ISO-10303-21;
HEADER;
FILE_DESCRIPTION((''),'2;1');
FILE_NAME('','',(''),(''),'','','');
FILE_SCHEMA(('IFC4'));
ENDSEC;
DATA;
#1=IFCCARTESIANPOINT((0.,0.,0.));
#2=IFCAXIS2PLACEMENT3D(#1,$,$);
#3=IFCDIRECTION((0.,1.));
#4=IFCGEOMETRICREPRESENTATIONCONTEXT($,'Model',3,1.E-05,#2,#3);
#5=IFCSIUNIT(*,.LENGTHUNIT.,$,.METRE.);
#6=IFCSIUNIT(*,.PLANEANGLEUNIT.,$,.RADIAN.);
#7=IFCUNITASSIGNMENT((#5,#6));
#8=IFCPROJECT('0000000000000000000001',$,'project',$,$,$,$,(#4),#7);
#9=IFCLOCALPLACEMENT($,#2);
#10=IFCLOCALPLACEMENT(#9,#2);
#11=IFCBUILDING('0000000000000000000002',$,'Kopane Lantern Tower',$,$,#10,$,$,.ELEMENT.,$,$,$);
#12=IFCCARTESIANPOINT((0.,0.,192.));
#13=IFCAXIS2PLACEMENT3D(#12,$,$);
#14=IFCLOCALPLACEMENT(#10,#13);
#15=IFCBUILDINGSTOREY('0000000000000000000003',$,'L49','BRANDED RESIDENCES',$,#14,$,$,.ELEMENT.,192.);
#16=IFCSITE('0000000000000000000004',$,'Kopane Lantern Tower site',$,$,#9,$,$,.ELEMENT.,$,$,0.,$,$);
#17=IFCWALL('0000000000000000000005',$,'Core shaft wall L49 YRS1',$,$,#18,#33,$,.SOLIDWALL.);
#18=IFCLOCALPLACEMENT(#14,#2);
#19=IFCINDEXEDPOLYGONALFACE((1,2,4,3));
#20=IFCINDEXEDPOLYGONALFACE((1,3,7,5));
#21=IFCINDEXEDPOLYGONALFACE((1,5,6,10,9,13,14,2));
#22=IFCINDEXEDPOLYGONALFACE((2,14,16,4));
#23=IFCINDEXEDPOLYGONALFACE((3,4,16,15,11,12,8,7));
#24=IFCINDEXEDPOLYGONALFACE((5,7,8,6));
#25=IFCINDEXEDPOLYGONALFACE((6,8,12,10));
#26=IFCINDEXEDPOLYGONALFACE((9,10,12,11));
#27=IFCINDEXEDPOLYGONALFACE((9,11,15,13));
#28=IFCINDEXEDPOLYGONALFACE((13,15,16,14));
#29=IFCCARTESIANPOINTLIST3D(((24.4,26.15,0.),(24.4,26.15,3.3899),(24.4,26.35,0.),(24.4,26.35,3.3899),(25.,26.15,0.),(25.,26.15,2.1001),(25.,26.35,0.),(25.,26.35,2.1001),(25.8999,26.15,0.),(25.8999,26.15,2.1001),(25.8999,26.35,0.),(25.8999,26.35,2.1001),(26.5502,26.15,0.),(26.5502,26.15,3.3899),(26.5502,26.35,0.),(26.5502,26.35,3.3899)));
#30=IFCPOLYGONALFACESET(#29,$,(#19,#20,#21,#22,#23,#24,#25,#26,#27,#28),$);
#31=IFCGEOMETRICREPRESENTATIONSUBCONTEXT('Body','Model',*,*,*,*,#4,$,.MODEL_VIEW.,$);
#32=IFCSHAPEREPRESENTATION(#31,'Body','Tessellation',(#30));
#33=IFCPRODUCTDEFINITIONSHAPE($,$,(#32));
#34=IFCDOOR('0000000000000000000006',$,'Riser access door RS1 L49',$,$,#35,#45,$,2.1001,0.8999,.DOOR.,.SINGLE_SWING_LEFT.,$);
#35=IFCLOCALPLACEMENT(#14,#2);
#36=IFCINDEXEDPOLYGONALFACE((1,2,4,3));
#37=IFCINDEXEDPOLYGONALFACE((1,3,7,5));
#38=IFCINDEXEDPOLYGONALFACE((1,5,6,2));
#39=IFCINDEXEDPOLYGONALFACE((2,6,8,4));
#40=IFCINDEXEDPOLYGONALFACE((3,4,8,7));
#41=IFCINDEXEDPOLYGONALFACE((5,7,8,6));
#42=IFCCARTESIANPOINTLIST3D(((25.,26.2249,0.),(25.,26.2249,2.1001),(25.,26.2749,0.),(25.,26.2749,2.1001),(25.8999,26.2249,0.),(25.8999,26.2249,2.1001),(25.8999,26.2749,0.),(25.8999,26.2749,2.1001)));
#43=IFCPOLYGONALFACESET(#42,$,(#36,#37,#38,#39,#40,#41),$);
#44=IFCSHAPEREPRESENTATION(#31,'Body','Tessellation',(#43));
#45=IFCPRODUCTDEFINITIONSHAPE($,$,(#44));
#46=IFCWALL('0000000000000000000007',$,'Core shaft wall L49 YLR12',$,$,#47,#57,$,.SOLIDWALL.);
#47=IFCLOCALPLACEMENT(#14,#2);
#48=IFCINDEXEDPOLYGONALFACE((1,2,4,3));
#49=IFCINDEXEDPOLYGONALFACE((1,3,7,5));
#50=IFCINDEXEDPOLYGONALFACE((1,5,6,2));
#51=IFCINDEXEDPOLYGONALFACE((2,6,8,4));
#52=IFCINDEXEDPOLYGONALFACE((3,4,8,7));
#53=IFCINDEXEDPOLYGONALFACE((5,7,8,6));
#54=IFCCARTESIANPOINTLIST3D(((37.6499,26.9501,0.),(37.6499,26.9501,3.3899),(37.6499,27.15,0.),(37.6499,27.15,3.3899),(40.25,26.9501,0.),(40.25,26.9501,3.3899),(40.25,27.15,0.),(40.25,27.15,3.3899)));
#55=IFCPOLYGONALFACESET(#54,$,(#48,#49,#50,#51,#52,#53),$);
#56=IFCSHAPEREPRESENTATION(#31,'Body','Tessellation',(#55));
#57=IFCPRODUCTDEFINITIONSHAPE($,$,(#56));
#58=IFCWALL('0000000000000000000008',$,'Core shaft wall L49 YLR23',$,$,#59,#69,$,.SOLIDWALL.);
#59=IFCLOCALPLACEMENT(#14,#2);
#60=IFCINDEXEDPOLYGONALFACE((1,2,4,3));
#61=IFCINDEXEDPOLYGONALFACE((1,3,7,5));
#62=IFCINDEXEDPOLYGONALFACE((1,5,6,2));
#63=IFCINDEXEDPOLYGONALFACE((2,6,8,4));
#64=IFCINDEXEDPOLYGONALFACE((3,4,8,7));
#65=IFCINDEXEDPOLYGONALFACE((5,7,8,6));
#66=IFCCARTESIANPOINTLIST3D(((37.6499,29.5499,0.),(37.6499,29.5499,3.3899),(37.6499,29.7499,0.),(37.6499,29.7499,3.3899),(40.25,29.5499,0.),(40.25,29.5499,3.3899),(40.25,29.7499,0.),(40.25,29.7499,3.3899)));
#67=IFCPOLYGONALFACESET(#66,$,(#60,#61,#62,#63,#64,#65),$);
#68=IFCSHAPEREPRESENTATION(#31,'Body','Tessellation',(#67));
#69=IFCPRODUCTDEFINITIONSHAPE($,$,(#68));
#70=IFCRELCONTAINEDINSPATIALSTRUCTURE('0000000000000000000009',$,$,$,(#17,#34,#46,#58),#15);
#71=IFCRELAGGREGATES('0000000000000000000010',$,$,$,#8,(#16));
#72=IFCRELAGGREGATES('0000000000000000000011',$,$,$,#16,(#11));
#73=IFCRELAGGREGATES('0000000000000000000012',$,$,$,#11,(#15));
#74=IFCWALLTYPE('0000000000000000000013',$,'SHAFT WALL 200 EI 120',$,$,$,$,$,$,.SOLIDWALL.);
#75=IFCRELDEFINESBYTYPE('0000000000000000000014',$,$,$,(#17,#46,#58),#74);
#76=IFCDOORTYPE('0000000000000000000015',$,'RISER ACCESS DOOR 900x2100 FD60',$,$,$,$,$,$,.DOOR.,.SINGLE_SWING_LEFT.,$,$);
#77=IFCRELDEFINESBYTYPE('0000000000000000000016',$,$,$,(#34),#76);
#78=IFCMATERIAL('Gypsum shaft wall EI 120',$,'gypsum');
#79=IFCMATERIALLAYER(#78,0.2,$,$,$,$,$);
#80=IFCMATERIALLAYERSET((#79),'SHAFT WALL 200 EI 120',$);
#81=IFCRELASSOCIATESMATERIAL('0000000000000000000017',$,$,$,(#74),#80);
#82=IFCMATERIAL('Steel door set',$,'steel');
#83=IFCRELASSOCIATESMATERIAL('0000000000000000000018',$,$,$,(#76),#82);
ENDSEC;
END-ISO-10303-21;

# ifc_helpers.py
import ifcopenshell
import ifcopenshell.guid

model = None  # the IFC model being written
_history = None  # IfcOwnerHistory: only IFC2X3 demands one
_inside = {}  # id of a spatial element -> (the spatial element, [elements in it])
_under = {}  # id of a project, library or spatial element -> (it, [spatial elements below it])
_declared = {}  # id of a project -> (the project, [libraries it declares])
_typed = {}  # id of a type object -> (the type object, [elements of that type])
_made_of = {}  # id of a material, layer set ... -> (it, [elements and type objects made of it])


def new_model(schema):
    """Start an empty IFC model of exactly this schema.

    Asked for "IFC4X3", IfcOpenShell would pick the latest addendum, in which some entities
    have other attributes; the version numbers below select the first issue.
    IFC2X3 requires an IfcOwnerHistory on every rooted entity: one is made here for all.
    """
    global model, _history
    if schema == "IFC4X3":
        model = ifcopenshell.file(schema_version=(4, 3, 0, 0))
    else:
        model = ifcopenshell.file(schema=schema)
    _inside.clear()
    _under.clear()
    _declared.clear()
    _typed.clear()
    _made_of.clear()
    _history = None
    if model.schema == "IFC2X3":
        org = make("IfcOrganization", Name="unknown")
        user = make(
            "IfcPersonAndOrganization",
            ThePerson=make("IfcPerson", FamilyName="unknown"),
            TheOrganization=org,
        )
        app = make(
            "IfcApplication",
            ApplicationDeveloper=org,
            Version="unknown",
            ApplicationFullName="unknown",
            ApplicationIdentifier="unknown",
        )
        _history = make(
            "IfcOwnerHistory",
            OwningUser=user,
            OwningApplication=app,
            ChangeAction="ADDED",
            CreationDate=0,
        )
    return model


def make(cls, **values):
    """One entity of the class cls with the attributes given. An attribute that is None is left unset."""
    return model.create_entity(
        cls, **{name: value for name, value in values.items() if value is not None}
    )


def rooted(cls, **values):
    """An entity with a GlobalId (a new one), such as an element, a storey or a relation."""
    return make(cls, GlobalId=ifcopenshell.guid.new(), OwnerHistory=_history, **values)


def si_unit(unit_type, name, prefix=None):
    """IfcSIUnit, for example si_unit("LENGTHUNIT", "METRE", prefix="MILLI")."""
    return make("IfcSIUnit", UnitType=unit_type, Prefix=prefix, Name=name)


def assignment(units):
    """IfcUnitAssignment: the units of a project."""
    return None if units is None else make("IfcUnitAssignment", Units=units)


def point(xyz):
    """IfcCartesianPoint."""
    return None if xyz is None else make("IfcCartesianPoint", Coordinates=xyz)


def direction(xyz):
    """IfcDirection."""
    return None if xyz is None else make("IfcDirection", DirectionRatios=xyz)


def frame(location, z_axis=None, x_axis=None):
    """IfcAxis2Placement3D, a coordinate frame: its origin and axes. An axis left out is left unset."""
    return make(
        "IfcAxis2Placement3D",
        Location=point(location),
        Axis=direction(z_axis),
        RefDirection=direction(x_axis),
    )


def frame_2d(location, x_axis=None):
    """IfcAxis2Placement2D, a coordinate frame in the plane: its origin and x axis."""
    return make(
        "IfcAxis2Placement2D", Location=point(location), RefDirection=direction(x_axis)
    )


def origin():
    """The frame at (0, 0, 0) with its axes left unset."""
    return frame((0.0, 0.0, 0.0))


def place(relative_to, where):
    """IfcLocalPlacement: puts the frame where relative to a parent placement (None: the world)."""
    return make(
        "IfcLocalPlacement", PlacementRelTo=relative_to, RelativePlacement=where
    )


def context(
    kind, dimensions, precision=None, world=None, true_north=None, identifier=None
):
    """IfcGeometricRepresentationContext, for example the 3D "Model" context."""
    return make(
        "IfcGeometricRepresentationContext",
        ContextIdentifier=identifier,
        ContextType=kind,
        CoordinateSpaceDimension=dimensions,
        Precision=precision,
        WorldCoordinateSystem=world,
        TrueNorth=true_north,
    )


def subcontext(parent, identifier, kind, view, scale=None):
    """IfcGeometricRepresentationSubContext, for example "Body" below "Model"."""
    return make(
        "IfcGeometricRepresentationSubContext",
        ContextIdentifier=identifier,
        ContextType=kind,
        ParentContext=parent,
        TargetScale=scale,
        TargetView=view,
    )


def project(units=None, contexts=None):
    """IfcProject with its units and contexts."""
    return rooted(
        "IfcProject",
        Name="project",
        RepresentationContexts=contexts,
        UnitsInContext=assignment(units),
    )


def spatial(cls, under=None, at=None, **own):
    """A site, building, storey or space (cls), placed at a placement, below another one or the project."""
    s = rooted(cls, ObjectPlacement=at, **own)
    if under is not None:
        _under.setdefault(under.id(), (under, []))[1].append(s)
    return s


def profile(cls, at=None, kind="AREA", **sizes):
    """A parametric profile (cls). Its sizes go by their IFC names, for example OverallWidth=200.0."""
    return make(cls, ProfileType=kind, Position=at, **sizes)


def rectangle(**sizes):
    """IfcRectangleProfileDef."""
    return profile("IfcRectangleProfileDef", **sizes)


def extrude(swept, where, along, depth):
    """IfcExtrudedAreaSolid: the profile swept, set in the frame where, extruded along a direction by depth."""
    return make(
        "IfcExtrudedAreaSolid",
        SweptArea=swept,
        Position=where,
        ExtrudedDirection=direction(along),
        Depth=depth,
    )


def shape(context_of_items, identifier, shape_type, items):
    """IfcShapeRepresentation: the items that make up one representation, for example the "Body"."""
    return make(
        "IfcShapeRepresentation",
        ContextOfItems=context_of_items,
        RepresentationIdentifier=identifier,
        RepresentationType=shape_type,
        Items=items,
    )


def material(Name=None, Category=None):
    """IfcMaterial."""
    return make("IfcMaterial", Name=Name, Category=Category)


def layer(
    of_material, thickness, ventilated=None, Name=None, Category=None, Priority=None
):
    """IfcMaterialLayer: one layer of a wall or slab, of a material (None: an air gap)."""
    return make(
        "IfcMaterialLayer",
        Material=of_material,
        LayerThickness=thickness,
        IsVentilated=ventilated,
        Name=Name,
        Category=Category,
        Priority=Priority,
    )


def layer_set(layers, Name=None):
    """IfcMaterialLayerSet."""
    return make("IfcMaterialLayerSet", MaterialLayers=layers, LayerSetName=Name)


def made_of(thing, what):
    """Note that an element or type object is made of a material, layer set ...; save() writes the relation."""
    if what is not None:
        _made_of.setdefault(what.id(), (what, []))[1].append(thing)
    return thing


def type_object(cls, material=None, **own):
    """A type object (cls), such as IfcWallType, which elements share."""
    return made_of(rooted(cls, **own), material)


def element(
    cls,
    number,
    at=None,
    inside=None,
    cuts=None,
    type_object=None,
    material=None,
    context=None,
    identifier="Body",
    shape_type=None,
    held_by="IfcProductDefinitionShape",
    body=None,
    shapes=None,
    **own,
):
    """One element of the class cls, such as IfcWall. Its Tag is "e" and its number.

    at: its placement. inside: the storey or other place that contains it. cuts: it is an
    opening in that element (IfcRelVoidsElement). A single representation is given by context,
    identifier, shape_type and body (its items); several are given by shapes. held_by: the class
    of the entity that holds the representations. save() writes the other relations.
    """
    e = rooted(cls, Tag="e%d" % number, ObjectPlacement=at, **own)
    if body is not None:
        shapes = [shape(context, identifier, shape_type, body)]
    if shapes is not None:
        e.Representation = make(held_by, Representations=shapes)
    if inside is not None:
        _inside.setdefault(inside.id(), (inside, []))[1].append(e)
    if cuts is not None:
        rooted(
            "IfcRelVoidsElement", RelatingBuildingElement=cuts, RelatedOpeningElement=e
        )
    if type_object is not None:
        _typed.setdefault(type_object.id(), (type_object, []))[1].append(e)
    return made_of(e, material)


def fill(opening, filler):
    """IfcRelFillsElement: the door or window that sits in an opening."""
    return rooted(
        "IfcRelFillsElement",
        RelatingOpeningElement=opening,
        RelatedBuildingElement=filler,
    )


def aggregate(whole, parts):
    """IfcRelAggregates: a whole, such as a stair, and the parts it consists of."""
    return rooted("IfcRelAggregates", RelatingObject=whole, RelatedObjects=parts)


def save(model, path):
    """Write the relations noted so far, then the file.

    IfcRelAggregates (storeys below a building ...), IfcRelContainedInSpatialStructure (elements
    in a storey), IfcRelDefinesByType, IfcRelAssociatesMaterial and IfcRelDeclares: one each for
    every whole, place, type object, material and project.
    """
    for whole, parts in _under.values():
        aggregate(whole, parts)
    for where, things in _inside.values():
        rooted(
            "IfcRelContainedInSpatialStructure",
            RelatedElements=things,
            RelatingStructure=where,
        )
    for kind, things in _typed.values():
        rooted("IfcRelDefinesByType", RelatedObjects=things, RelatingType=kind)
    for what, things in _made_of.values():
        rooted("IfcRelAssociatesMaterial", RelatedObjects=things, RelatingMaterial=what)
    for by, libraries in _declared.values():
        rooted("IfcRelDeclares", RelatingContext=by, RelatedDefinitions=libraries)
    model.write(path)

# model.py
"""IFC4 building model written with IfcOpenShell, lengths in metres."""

from ifc_helpers import new_model, si_unit, direction, frame, frame_2d, origin, place, context, subcontext, project, spatial, rectangle, extrude, material, layer, layer_set, type_object, element, fill, save


model = new_model("IFC4")

# Units and contexts
model_context = context("Model", 3, precision=1e-05, world=origin(), true_north=direction((0.0, 1.0)))
body_context = subcontext(model_context, "Body", "Model", "MODEL_VIEW")
ifc_project = project(units=[si_unit("LENGTHUNIT", "METRE"), si_unit("PLANEANGLEUNIT", "RADIAN")], contexts=[model_context])

# Site, building, storey
site_placement = place(None, origin())
site = spatial("IfcSite", under=ifc_project, at=site_placement, Name="Kopane Lantern Tower site", CompositionType="ELEMENT", RefElevation=0.0)
building_placement = place(site_placement, origin())
building = spatial("IfcBuilding", under=site, at=building_placement, Name="Kopane Lantern Tower", CompositionType="ELEMENT")
storey_placement = place(building_placement, frame((0.0, 0.0, 192.0)))
storey = spatial("IfcBuildingStorey", under=building, at=storey_placement, Name="L49", Description="BRANDED RESIDENCES", CompositionType="ELEMENT", Elevation=192.0)

# Shared definitions
ifc_material_1 = material(Name="Gypsum shaft wall EI 120", Category="gypsum")
ifc_layer_1 = layer(ifc_material_1, 0.2)
ifc_layer_set_1 = layer_set([ifc_layer_1], Name="SHAFT WALL 200 EI 120")
wall_type_1 = type_object("IfcWallType", Name="SHAFT WALL 200 EI 120", PredefinedType="SOLIDWALL", material=ifc_layer_set_1)

# Wall, opening, door
wall_1_placement = place(storey_placement, frame((24.3999, 26.25, 0.0), z_axis=(0.0, 0.0, 1.0), x_axis=(1.0, 0.0, 0.0)))
wall_1 = element("IfcWall", 1, at=wall_1_placement, inside=storey, type_object=wall_type_1, Name="Core shaft wall L49 YRS1", PredefinedType="SOLIDWALL", context=body_context, shape_type="SweptSolid", body=[
    extrude(rectangle(XDim=2.1501, YDim=0.2, at=frame_2d((1.0752, 0.0))), origin(), (0.0, 0.0, 1.0), 3.3899),
])
opening_1_placement = place(wall_1_placement, frame((0.6001, 0.0, 0.0)))
opening_1 = element("IfcOpeningElement", 2, at=opening_1_placement, cuts=wall_1, PredefinedType="OPENING", context=body_context, shape_type="SweptSolid", body=[
    extrude(rectangle(XDim=0.8999, YDim=2.1001, at=frame_2d((0.45, 1.05))), frame((0.0, 0.1099, 0.0), z_axis=(0.0, -1.0, 0.0), x_axis=(1.0, 0.0, 0.0)), (0.0, 0.0, 1.0), 0.22),
])
ifc_material_2 = material(Name="Steel door set", Category="steel")
door_type_1 = type_object("IfcDoorType", Name="RISER ACCESS DOOR 900x2100 FD60", OperationType="SINGLE_SWING_LEFT", PredefinedType="DOOR", material=ifc_material_2)
door_1_placement = place(opening_1_placement, origin())
door_1 = element("IfcDoor", 3, at=door_1_placement, inside=storey, type_object=door_type_1, Name="Riser access door RS1 L49", OperationType="SINGLE_SWING_LEFT", OverallHeight=2.1001, OverallWidth=0.8999, PredefinedType="DOOR", context=body_context, shape_type="SweptSolid", body=[
    extrude(rectangle(XDim=0.8999, YDim=2.1001, at=frame_2d((0.45, 1.05))), frame((0.0, 0.0249, 0.0), z_axis=(0.0, -1.0, 0.0), x_axis=(1.0, 0.0, 0.0)), (0.0, 0.0, 1.0), 0.05),
])
fill(opening_1, door_1)

# Walls
for number, where, z_axis, x_axis, name in (
    (4, (37.6499, 27.05, 0.0), (0.0, 0.0, 1.0), (1.0, 0.0, 0.0), "Core shaft wall L49 YLR12"),
    (5, (37.6499, 29.6499, 0.0), (0.0, 0.0, 1.0), (1.0, 0.0, 0.0), "Core shaft wall L49 YLR23"),
):
    element("IfcWall", number, at=place(storey_placement, frame(where, z_axis=z_axis, x_axis=x_axis)), inside=storey, type_object=wall_type_1, Name=name, PredefinedType="SOLIDWALL", context=body_context, shape_type="SweptSolid", body=[
        extrude(rectangle(XDim=2.6001, YDim=0.2, at=frame_2d((1.3, 0.0))), origin(), (0.0, 0.0, 1.0), 3.3899),
    ])

save(model, "model.ifc")
